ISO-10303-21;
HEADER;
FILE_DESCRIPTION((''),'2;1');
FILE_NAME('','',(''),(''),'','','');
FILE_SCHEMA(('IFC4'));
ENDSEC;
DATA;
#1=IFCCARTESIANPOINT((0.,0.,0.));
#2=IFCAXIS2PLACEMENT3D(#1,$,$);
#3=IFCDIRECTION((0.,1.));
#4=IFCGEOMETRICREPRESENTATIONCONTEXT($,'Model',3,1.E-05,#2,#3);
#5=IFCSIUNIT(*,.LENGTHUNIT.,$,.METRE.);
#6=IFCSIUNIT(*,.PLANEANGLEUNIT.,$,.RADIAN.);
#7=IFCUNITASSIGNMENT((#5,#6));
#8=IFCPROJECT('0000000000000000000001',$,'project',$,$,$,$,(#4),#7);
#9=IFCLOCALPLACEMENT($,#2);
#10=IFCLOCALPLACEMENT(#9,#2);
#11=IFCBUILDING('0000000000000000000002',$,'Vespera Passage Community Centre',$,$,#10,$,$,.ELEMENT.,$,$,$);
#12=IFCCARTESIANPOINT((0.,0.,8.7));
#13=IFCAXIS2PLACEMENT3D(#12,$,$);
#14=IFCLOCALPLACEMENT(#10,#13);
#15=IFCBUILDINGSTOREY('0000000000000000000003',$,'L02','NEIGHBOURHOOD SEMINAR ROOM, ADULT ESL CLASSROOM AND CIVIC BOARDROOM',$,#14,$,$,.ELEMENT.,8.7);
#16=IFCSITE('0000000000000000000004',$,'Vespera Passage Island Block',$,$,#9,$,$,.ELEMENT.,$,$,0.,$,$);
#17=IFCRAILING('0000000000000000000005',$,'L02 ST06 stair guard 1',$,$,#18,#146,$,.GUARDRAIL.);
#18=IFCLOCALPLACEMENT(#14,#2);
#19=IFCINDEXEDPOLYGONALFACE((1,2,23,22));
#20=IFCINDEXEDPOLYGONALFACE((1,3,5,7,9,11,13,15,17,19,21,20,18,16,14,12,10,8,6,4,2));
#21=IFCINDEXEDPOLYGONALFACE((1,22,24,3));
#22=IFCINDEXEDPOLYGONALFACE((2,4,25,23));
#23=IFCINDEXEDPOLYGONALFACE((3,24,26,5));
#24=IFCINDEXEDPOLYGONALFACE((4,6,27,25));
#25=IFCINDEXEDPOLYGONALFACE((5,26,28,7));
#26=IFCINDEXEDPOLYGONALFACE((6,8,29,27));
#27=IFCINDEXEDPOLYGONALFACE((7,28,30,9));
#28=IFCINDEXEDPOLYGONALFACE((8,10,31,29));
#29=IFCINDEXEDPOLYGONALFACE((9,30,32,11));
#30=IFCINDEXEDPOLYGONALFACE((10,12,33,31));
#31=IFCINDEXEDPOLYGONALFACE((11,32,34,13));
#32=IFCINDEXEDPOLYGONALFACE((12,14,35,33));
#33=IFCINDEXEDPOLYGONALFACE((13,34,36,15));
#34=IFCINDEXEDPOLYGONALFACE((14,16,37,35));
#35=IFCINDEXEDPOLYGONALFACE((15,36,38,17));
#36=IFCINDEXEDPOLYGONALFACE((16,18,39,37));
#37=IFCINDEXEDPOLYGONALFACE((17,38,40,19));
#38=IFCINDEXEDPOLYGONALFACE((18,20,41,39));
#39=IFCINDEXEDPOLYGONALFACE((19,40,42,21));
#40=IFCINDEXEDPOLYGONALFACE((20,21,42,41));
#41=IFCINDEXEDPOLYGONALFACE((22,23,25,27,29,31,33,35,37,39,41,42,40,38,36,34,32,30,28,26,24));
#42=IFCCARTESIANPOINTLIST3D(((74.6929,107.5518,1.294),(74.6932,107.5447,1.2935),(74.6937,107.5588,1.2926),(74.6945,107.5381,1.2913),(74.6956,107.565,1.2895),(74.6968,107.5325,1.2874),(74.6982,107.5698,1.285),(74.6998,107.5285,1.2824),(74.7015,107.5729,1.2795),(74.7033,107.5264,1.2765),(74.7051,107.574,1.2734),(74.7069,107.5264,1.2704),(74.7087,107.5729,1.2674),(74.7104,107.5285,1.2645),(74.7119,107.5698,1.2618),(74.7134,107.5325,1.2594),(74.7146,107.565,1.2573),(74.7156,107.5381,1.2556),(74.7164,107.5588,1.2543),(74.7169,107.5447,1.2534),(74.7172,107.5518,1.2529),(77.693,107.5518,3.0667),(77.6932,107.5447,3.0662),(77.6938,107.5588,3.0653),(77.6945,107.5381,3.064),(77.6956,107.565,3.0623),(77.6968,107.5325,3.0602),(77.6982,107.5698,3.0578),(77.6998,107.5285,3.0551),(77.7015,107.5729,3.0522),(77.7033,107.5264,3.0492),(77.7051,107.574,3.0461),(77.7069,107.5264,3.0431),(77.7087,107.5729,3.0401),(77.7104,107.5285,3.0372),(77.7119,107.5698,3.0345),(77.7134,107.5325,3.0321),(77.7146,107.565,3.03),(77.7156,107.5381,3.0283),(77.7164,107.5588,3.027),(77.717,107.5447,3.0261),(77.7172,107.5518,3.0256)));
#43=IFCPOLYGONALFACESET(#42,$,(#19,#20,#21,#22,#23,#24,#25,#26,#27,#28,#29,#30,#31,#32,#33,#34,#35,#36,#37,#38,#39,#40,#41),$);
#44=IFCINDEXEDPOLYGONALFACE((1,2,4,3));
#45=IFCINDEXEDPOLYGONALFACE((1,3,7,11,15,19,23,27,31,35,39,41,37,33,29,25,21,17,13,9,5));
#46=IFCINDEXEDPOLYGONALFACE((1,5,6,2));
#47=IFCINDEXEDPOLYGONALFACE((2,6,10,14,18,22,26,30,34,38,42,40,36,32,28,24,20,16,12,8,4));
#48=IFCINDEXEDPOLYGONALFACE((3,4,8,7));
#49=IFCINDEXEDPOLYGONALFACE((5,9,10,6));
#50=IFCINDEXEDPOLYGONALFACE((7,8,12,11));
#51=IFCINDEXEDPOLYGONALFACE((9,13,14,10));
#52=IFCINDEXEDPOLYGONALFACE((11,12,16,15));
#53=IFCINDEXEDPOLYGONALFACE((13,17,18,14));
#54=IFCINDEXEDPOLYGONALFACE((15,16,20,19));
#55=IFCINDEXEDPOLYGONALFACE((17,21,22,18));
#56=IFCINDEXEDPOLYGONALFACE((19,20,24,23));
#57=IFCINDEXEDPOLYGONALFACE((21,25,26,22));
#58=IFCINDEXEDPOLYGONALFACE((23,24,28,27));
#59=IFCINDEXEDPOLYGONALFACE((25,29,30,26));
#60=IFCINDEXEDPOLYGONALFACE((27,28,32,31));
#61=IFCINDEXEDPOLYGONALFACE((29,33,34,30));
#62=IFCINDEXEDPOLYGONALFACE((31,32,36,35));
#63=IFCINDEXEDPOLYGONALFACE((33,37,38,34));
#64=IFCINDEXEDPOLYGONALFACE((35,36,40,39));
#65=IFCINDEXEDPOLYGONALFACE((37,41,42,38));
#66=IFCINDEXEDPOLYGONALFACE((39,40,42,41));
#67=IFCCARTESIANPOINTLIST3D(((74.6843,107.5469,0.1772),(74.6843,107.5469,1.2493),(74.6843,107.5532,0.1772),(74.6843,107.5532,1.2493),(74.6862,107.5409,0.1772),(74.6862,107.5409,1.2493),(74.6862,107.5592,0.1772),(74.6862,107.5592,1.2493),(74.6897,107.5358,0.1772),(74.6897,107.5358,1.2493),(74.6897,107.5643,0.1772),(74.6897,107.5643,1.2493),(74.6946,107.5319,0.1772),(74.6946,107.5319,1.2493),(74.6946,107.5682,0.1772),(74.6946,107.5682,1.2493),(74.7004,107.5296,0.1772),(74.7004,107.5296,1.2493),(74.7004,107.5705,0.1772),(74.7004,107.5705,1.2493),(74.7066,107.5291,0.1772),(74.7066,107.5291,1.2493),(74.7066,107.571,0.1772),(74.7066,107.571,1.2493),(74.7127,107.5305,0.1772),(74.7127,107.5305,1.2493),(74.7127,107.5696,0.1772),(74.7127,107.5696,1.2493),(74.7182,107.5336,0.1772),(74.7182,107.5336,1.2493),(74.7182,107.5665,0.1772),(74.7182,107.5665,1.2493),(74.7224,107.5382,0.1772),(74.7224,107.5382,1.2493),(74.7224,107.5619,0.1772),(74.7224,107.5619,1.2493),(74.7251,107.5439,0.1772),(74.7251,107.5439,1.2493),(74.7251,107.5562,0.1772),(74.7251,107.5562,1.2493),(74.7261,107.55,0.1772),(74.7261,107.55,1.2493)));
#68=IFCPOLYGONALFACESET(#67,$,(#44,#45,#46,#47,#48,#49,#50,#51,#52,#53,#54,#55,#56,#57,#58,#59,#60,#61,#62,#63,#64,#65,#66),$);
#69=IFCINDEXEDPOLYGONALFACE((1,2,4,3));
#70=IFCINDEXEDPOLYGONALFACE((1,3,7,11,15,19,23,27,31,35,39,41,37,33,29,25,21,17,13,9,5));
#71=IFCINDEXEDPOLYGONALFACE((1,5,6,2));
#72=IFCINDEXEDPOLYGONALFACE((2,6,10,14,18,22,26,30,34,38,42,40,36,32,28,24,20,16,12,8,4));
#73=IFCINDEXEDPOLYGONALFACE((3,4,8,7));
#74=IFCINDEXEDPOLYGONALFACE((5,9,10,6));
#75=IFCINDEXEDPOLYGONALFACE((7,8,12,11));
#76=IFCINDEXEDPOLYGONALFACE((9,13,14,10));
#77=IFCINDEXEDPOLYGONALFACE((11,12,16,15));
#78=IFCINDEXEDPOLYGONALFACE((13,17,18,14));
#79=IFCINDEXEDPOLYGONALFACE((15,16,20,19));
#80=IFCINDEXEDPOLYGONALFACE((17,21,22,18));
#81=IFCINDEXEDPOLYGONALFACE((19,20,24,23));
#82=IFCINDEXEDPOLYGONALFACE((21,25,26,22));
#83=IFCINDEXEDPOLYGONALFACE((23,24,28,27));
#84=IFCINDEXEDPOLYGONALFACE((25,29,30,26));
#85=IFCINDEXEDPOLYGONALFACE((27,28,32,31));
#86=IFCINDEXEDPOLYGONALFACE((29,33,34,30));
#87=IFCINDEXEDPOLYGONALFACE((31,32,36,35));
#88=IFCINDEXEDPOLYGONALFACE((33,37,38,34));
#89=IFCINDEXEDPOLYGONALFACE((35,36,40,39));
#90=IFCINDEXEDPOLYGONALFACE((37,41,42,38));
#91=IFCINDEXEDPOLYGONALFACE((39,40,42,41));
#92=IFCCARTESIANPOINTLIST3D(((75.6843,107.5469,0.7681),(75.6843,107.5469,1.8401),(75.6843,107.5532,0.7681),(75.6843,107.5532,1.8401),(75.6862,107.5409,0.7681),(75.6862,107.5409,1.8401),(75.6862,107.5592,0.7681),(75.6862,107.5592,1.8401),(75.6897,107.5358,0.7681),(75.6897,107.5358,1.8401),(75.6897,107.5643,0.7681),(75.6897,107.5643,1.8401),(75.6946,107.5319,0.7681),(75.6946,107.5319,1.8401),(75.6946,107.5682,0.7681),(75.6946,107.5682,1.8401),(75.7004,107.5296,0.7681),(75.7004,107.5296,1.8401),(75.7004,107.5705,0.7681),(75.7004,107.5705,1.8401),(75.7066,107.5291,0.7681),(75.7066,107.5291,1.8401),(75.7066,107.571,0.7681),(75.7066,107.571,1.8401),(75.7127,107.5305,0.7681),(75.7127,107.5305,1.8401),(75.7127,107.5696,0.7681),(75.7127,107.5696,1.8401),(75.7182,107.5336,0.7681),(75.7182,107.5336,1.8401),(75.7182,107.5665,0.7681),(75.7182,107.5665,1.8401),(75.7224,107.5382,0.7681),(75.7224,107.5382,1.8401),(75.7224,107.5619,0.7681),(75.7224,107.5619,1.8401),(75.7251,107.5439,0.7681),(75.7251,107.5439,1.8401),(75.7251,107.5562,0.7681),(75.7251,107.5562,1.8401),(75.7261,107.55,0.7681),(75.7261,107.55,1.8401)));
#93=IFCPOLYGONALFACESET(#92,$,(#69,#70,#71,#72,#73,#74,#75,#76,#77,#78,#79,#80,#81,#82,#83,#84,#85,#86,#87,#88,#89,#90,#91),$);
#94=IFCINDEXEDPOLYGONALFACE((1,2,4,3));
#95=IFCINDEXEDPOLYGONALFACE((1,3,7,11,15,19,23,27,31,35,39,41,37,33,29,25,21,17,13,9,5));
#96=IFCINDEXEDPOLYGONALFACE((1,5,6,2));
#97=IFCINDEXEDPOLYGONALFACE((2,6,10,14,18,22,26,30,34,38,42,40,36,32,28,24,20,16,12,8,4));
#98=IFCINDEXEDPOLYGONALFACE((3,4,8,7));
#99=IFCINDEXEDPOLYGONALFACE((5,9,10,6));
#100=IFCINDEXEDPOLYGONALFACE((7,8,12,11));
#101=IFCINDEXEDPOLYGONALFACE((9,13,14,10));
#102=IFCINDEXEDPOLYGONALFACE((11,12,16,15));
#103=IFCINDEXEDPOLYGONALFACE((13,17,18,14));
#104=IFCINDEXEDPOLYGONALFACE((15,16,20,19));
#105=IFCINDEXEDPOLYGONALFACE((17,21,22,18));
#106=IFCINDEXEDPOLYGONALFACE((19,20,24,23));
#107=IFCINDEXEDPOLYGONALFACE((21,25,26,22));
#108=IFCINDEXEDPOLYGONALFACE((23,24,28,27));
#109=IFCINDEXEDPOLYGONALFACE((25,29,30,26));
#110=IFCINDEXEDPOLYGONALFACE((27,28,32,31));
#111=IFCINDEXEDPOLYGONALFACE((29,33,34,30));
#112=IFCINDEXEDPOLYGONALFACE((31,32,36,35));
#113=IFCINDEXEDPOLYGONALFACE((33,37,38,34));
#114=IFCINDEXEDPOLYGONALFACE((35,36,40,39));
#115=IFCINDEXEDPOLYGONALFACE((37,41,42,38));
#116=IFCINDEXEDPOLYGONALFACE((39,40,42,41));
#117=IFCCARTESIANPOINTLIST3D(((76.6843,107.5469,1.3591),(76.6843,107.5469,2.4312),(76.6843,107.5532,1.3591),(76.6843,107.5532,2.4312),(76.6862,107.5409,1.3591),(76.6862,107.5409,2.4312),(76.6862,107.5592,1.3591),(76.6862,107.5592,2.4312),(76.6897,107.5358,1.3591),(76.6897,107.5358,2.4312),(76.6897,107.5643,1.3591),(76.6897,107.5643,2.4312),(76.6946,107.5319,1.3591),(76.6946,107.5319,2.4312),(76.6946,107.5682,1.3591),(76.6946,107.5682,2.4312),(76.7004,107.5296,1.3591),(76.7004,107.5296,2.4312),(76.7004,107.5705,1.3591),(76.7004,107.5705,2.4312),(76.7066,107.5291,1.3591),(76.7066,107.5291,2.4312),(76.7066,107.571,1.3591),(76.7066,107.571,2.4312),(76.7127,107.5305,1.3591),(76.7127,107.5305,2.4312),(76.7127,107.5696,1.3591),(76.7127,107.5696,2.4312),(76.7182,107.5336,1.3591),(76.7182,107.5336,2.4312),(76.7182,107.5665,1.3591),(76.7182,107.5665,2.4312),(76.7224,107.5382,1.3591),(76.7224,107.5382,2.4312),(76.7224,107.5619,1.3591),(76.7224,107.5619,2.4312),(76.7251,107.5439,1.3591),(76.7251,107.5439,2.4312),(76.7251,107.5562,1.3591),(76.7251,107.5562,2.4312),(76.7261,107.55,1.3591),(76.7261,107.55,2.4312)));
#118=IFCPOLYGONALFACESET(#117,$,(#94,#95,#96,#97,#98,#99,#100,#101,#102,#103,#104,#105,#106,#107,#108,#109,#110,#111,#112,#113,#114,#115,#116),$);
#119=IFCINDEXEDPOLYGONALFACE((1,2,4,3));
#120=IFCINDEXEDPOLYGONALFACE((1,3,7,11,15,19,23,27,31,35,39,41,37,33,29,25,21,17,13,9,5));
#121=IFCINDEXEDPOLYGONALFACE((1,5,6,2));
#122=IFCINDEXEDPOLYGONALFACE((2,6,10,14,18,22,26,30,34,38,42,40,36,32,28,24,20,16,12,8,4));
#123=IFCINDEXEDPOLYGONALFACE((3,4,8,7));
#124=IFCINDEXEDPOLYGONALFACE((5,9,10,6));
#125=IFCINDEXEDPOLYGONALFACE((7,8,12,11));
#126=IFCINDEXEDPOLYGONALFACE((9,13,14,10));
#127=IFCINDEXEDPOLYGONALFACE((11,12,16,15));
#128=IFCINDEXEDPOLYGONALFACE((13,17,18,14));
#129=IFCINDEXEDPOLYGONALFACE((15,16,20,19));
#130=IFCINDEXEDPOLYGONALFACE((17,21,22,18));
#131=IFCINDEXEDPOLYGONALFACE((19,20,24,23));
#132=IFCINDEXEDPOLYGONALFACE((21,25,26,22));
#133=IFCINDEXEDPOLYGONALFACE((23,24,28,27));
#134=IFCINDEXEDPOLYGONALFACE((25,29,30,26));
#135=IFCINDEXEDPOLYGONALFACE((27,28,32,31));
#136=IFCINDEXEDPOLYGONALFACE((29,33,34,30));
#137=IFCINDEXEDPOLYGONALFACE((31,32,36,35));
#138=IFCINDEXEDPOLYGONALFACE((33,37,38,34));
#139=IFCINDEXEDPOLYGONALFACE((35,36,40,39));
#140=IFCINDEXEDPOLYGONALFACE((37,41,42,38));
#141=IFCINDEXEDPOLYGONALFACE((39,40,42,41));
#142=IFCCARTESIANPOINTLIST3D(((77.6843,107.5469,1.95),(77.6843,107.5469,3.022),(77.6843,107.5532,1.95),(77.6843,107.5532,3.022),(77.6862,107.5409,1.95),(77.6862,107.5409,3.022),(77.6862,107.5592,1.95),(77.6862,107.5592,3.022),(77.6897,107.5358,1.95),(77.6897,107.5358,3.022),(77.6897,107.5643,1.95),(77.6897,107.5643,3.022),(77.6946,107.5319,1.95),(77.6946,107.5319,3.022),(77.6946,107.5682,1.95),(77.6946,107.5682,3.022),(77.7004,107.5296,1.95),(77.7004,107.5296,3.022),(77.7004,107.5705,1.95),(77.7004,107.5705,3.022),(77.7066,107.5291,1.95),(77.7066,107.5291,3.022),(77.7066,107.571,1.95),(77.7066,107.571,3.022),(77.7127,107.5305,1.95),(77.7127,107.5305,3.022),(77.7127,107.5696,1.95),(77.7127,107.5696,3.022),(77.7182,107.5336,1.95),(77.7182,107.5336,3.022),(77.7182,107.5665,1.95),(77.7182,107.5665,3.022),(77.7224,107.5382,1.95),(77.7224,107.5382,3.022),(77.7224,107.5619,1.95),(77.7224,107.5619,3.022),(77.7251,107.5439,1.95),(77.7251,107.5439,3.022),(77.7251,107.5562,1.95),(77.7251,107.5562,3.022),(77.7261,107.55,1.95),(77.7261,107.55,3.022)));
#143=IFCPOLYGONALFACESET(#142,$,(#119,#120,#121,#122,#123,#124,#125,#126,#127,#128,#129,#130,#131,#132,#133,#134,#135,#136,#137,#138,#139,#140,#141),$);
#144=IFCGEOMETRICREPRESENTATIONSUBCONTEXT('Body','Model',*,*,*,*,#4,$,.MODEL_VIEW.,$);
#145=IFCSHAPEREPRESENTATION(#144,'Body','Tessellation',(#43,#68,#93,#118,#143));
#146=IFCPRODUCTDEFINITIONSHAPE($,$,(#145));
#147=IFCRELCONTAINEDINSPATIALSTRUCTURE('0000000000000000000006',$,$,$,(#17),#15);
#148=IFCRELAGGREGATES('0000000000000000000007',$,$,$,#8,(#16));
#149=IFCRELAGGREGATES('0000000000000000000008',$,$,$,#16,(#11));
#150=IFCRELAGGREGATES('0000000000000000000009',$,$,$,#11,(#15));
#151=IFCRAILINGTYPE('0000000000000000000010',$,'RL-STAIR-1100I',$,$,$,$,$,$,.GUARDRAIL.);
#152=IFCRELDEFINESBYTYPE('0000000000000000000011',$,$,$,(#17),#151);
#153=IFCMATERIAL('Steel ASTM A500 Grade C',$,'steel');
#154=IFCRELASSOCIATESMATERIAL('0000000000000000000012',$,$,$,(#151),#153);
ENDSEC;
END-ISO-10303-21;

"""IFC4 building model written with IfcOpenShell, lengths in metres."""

from ifc_helpers import new_model, si_unit, direction, frame, origin, origin_2d, place, context, subcontext, project, spatial, circle, extrude, material, type_object, element, save


model = new_model("IFC4")

# Units and contexts
model_context = context("Model", 3, precision=1e-05, world=origin(), true_north=direction((0.0, 1.0)))
body_context = subcontext(model_context, "Body", "Model", "MODEL_VIEW")
ifc_project = project(units=[si_unit("LENGTHUNIT", "METRE"), si_unit("PLANEANGLEUNIT", "RADIAN")], contexts=[model_context])

# Site, building, storey
site_placement = place(None, origin())
site = spatial("IfcSite", under=ifc_project, at=site_placement, Name="Vespera Passage Island Block", CompositionType="ELEMENT", RefElevation=0.0)
building_placement = place(site_placement, origin())
building = spatial("IfcBuilding", under=site, at=building_placement, Name="Vespera Passage Community Centre", CompositionType="ELEMENT")
storey_placement = place(building_placement, frame((0.0, 0.0, 8.7)))
storey = spatial("IfcBuildingStorey", under=building, at=storey_placement, Name="L02", Description="NEIGHBOURHOOD SEMINAR ROOM, ADULT ESL CLASSROOM AND CIVIC BOARDROOM", CompositionType="ELEMENT", Elevation=8.7)

# Railing
ifc_material_1 = material(Name="Steel ASTM A500 Grade C", Category="steel")
railing_type_1 = type_object("IfcRailingType", Name="RL-STAIR-1100I", PredefinedType="GUARDRAIL", material=ifc_material_1)
railing_1_placement = place(storey_placement, frame((74.7051, 107.55, 0.1772)))
element("IfcRailing", 1, at=railing_1_placement, inside=storey, type_object=railing_type_1, Name="L02 ST06 stair guard 1", PredefinedType="GUARDRAIL", context=body_context, shape_type="SweptSolid", body=[
    extrude(circle(Radius=0.0239, at=origin_2d()), frame((0.0, 0.0, 1.0962), z_axis=(0.860929, 0.0, 0.508725), x_axis=(0.0, 1.0, 0.0)), (0.0, 0.0, 1.0), 3.4846),
    extrude(circle(Radius=0.021, at=origin_2d()), origin(), (0.0, 0.0, 1.0), 1.072),
    extrude(circle(Radius=0.021, at=origin_2d()), frame((1.0, 0.0, 0.5908)), (0.0, 0.0, 1.0), 1.072),
    extrude(circle(Radius=0.021, at=origin_2d()), frame((2.0, 0.0, 1.1819)), (0.0, 0.0, 1.0), 1.072),
    extrude(circle(Radius=0.021, at=origin_2d()), frame((3.0, 0.0, 1.7727)), (0.0, 0.0, 1.0), 1.072),
])

save(model, "model.ifc")
